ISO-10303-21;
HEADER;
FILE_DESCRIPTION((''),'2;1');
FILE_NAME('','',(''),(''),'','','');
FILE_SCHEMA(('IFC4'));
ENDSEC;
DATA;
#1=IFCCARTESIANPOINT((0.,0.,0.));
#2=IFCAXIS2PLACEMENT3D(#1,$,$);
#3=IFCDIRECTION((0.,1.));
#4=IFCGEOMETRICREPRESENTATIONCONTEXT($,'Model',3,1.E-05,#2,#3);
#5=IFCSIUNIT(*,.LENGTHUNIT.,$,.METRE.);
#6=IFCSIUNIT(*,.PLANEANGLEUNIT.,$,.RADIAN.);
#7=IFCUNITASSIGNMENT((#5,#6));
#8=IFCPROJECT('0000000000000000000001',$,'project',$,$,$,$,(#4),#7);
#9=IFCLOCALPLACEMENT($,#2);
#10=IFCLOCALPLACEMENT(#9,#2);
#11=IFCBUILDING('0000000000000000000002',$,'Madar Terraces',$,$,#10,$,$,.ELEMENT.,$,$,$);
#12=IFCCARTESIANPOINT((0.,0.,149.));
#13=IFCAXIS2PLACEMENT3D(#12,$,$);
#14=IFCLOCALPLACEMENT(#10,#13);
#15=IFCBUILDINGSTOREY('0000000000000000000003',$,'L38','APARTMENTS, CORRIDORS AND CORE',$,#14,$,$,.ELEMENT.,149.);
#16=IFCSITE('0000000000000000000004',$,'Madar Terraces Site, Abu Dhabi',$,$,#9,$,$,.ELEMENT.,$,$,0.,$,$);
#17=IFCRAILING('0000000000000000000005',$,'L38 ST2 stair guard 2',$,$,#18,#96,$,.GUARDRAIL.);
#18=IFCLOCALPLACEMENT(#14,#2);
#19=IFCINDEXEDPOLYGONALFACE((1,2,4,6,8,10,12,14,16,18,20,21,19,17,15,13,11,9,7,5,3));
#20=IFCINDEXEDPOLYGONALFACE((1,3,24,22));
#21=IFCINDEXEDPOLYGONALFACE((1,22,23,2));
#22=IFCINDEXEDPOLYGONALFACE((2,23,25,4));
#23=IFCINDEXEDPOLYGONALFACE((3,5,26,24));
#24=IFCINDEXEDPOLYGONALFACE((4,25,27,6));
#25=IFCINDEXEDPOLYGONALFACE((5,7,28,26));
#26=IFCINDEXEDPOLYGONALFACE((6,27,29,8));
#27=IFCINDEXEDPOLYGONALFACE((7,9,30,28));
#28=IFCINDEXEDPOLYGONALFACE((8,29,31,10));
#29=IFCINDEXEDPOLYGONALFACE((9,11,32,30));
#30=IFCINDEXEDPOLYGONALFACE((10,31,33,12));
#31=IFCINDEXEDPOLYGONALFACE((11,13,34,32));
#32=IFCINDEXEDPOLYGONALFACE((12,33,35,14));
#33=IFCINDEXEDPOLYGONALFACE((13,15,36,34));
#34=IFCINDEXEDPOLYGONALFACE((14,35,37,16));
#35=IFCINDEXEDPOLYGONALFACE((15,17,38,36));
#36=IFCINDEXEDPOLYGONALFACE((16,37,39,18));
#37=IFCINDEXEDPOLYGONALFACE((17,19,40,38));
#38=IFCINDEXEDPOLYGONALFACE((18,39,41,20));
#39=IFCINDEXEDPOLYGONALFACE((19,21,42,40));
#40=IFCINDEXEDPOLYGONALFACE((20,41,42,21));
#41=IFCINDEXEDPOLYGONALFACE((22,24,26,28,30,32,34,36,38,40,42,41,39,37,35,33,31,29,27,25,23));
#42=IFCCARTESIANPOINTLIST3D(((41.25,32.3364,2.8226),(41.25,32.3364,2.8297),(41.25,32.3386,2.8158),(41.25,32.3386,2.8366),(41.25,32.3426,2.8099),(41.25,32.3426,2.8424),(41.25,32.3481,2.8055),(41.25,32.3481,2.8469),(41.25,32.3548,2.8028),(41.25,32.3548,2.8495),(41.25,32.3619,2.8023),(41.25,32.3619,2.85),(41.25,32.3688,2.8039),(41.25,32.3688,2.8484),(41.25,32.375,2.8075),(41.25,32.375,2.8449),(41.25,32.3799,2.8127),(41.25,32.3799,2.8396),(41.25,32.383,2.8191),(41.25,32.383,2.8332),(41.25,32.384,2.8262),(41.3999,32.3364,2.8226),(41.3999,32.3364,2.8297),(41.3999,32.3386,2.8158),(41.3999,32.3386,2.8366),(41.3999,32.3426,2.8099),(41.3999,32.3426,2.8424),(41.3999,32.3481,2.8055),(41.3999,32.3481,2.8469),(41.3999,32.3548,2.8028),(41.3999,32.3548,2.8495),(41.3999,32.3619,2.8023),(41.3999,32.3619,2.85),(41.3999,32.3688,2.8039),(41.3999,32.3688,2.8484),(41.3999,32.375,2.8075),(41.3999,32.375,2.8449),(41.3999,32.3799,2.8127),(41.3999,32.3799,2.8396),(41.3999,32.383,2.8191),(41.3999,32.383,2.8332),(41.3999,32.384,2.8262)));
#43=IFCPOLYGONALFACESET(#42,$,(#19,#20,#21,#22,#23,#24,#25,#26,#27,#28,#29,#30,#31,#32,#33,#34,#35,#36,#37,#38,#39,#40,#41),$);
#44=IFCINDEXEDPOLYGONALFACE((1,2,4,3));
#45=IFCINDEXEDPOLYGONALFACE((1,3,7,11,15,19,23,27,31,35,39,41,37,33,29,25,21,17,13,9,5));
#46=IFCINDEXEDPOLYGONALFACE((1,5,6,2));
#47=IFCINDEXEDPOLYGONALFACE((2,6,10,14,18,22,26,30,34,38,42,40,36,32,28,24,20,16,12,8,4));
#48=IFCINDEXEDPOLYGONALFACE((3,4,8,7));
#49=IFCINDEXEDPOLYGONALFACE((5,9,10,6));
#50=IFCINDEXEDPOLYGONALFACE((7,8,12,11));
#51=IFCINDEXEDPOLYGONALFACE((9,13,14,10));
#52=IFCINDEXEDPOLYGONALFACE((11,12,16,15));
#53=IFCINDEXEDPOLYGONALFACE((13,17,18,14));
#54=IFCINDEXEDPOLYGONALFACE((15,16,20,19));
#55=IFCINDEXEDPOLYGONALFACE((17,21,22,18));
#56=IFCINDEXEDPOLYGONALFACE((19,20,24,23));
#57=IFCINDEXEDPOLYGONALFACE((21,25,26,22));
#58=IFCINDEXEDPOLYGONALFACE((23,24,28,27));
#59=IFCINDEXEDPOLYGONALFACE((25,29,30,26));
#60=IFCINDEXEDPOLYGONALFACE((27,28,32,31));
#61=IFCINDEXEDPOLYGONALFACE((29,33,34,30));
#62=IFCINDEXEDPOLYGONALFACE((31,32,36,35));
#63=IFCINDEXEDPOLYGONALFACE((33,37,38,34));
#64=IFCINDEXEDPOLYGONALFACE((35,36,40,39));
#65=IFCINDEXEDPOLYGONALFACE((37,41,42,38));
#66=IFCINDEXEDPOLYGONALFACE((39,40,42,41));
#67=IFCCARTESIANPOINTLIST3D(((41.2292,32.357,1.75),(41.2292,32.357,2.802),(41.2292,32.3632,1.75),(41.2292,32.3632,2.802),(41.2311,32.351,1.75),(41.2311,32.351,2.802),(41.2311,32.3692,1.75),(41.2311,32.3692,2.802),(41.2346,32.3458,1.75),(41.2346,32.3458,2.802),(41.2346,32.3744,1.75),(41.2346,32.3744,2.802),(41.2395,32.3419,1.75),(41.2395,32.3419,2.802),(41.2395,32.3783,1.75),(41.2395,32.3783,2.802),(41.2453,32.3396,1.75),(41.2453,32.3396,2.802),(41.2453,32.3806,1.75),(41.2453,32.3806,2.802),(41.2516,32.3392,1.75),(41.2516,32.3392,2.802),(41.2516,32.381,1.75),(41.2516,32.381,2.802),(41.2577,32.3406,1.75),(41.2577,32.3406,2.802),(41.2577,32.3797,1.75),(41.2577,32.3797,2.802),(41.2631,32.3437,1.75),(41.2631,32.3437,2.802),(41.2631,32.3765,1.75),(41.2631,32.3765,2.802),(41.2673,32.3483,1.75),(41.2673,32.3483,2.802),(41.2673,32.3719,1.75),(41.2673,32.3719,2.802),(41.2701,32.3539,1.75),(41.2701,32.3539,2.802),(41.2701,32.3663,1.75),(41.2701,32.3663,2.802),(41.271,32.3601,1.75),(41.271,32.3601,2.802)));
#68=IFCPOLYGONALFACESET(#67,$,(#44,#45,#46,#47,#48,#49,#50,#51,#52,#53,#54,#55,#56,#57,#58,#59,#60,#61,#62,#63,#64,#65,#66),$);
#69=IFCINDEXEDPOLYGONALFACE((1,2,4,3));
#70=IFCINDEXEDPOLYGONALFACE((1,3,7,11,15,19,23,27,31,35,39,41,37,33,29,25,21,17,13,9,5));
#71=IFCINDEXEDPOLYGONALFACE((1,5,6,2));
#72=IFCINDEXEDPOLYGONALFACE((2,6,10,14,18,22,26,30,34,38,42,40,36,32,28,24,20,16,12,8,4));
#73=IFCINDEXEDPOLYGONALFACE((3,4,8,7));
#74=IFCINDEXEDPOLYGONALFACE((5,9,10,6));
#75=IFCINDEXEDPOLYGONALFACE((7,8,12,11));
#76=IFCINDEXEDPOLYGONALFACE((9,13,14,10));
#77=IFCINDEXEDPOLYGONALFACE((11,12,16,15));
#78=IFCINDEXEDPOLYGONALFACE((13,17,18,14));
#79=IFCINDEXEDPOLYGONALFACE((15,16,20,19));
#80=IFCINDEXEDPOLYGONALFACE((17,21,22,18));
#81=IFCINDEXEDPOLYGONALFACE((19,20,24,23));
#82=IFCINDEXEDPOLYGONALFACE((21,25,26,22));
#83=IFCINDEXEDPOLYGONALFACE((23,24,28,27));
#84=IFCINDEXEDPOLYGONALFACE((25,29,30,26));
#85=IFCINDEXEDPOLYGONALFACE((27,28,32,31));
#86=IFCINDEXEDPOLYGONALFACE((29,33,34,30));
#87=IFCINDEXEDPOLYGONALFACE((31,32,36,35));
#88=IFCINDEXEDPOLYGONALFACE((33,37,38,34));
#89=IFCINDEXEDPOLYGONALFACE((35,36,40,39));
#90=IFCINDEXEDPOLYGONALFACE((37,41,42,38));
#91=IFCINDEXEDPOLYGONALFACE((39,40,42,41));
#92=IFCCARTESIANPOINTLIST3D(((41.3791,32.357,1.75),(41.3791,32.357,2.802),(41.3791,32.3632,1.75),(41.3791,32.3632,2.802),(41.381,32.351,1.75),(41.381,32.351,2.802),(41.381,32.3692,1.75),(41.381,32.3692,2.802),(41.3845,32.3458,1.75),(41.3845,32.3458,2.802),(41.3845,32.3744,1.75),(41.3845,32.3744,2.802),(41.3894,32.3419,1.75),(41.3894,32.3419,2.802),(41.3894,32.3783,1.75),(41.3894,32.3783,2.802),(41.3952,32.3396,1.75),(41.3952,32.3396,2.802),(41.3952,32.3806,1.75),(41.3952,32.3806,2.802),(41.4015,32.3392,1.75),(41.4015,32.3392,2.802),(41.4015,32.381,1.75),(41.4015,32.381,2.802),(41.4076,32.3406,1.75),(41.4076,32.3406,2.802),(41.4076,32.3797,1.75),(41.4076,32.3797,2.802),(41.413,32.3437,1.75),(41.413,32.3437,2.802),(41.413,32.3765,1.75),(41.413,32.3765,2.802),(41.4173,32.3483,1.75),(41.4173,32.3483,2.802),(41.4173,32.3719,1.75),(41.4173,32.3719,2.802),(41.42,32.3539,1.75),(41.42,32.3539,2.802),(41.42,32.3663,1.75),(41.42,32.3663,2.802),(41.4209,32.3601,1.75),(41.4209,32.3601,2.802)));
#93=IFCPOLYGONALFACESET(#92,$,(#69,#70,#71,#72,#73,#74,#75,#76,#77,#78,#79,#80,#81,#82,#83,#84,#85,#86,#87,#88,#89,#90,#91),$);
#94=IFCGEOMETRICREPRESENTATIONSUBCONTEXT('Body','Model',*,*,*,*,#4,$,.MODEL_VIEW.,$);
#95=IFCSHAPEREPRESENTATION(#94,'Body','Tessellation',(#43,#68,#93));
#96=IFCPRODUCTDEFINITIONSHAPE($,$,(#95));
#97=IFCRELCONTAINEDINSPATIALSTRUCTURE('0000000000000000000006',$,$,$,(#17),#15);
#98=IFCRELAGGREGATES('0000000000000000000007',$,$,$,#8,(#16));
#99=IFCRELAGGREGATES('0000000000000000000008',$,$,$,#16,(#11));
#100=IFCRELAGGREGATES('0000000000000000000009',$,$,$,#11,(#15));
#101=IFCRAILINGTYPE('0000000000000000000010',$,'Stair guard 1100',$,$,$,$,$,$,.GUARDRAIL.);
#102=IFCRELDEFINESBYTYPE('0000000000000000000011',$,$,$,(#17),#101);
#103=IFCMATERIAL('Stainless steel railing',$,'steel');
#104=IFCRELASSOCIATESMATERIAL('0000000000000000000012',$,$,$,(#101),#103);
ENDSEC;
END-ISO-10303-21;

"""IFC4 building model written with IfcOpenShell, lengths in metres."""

from ifc_helpers import new_model, si_unit, direction, frame, origin, origin_2d, place, context, subcontext, project, spatial, circle, extrude, material, type_object, element, save


model = new_model("IFC4")

# Units and contexts
model_context = context("Model", 3, precision=1e-05, world=origin(), true_north=direction((0.0, 1.0)))
body_context = subcontext(model_context, "Body", "Model", "MODEL_VIEW")
ifc_project = project(units=[si_unit("LENGTHUNIT", "METRE"), si_unit("PLANEANGLEUNIT", "RADIAN")], contexts=[model_context])

# Site, building, storey
site_placement = place(None, origin())
site = spatial("IfcSite", under=ifc_project, at=site_placement, Name="Madar Terraces Site, Abu Dhabi", CompositionType="ELEMENT", RefElevation=0.0)
building_placement = place(site_placement, origin())
building = spatial("IfcBuilding", under=site, at=building_placement, Name="Madar Terraces", CompositionType="ELEMENT")
storey_placement = place(building_placement, frame((0.0, 0.0, 149.0)))
storey = spatial("IfcBuildingStorey", under=building, at=storey_placement, Name="L38", Description="APARTMENTS, CORRIDORS AND CORE", CompositionType="ELEMENT", Elevation=149.0)

# Railing
ifc_material_1 = material(Name="Stainless steel railing", Category="steel")
railing_type_1 = type_object("IfcRailingType", Name="Stair guard 1100", PredefinedType="GUARDRAIL", material=ifc_material_1)
railing_1_placement = place(storey_placement, frame((41.25, 32.3601, 1.75)))
element("IfcRailing", 1, at=railing_1_placement, inside=storey, type_object=railing_type_1, Name="L38 ST2 stair guard 2", PredefinedType="GUARDRAIL", context=body_context, shape_type="SweptSolid", body=[
    extrude(circle(Radius=0.0239, at=origin_2d()), frame((0.0, 0.0, 1.0762), z_axis=(1.0, 0.0, 0.0), x_axis=(0.0, 1.0, 0.0)), (0.0, 0.0, 1.0), 0.1499),
    extrude(circle(Radius=0.021, at=origin_2d()), origin(), (0.0, 0.0, 1.0), 1.052),
    extrude(circle(Radius=0.021, at=origin_2d()), frame((0.1499, 0.0, 0.0)), (0.0, 0.0, 1.0), 1.052),
])

save(model, "model.ifc")
